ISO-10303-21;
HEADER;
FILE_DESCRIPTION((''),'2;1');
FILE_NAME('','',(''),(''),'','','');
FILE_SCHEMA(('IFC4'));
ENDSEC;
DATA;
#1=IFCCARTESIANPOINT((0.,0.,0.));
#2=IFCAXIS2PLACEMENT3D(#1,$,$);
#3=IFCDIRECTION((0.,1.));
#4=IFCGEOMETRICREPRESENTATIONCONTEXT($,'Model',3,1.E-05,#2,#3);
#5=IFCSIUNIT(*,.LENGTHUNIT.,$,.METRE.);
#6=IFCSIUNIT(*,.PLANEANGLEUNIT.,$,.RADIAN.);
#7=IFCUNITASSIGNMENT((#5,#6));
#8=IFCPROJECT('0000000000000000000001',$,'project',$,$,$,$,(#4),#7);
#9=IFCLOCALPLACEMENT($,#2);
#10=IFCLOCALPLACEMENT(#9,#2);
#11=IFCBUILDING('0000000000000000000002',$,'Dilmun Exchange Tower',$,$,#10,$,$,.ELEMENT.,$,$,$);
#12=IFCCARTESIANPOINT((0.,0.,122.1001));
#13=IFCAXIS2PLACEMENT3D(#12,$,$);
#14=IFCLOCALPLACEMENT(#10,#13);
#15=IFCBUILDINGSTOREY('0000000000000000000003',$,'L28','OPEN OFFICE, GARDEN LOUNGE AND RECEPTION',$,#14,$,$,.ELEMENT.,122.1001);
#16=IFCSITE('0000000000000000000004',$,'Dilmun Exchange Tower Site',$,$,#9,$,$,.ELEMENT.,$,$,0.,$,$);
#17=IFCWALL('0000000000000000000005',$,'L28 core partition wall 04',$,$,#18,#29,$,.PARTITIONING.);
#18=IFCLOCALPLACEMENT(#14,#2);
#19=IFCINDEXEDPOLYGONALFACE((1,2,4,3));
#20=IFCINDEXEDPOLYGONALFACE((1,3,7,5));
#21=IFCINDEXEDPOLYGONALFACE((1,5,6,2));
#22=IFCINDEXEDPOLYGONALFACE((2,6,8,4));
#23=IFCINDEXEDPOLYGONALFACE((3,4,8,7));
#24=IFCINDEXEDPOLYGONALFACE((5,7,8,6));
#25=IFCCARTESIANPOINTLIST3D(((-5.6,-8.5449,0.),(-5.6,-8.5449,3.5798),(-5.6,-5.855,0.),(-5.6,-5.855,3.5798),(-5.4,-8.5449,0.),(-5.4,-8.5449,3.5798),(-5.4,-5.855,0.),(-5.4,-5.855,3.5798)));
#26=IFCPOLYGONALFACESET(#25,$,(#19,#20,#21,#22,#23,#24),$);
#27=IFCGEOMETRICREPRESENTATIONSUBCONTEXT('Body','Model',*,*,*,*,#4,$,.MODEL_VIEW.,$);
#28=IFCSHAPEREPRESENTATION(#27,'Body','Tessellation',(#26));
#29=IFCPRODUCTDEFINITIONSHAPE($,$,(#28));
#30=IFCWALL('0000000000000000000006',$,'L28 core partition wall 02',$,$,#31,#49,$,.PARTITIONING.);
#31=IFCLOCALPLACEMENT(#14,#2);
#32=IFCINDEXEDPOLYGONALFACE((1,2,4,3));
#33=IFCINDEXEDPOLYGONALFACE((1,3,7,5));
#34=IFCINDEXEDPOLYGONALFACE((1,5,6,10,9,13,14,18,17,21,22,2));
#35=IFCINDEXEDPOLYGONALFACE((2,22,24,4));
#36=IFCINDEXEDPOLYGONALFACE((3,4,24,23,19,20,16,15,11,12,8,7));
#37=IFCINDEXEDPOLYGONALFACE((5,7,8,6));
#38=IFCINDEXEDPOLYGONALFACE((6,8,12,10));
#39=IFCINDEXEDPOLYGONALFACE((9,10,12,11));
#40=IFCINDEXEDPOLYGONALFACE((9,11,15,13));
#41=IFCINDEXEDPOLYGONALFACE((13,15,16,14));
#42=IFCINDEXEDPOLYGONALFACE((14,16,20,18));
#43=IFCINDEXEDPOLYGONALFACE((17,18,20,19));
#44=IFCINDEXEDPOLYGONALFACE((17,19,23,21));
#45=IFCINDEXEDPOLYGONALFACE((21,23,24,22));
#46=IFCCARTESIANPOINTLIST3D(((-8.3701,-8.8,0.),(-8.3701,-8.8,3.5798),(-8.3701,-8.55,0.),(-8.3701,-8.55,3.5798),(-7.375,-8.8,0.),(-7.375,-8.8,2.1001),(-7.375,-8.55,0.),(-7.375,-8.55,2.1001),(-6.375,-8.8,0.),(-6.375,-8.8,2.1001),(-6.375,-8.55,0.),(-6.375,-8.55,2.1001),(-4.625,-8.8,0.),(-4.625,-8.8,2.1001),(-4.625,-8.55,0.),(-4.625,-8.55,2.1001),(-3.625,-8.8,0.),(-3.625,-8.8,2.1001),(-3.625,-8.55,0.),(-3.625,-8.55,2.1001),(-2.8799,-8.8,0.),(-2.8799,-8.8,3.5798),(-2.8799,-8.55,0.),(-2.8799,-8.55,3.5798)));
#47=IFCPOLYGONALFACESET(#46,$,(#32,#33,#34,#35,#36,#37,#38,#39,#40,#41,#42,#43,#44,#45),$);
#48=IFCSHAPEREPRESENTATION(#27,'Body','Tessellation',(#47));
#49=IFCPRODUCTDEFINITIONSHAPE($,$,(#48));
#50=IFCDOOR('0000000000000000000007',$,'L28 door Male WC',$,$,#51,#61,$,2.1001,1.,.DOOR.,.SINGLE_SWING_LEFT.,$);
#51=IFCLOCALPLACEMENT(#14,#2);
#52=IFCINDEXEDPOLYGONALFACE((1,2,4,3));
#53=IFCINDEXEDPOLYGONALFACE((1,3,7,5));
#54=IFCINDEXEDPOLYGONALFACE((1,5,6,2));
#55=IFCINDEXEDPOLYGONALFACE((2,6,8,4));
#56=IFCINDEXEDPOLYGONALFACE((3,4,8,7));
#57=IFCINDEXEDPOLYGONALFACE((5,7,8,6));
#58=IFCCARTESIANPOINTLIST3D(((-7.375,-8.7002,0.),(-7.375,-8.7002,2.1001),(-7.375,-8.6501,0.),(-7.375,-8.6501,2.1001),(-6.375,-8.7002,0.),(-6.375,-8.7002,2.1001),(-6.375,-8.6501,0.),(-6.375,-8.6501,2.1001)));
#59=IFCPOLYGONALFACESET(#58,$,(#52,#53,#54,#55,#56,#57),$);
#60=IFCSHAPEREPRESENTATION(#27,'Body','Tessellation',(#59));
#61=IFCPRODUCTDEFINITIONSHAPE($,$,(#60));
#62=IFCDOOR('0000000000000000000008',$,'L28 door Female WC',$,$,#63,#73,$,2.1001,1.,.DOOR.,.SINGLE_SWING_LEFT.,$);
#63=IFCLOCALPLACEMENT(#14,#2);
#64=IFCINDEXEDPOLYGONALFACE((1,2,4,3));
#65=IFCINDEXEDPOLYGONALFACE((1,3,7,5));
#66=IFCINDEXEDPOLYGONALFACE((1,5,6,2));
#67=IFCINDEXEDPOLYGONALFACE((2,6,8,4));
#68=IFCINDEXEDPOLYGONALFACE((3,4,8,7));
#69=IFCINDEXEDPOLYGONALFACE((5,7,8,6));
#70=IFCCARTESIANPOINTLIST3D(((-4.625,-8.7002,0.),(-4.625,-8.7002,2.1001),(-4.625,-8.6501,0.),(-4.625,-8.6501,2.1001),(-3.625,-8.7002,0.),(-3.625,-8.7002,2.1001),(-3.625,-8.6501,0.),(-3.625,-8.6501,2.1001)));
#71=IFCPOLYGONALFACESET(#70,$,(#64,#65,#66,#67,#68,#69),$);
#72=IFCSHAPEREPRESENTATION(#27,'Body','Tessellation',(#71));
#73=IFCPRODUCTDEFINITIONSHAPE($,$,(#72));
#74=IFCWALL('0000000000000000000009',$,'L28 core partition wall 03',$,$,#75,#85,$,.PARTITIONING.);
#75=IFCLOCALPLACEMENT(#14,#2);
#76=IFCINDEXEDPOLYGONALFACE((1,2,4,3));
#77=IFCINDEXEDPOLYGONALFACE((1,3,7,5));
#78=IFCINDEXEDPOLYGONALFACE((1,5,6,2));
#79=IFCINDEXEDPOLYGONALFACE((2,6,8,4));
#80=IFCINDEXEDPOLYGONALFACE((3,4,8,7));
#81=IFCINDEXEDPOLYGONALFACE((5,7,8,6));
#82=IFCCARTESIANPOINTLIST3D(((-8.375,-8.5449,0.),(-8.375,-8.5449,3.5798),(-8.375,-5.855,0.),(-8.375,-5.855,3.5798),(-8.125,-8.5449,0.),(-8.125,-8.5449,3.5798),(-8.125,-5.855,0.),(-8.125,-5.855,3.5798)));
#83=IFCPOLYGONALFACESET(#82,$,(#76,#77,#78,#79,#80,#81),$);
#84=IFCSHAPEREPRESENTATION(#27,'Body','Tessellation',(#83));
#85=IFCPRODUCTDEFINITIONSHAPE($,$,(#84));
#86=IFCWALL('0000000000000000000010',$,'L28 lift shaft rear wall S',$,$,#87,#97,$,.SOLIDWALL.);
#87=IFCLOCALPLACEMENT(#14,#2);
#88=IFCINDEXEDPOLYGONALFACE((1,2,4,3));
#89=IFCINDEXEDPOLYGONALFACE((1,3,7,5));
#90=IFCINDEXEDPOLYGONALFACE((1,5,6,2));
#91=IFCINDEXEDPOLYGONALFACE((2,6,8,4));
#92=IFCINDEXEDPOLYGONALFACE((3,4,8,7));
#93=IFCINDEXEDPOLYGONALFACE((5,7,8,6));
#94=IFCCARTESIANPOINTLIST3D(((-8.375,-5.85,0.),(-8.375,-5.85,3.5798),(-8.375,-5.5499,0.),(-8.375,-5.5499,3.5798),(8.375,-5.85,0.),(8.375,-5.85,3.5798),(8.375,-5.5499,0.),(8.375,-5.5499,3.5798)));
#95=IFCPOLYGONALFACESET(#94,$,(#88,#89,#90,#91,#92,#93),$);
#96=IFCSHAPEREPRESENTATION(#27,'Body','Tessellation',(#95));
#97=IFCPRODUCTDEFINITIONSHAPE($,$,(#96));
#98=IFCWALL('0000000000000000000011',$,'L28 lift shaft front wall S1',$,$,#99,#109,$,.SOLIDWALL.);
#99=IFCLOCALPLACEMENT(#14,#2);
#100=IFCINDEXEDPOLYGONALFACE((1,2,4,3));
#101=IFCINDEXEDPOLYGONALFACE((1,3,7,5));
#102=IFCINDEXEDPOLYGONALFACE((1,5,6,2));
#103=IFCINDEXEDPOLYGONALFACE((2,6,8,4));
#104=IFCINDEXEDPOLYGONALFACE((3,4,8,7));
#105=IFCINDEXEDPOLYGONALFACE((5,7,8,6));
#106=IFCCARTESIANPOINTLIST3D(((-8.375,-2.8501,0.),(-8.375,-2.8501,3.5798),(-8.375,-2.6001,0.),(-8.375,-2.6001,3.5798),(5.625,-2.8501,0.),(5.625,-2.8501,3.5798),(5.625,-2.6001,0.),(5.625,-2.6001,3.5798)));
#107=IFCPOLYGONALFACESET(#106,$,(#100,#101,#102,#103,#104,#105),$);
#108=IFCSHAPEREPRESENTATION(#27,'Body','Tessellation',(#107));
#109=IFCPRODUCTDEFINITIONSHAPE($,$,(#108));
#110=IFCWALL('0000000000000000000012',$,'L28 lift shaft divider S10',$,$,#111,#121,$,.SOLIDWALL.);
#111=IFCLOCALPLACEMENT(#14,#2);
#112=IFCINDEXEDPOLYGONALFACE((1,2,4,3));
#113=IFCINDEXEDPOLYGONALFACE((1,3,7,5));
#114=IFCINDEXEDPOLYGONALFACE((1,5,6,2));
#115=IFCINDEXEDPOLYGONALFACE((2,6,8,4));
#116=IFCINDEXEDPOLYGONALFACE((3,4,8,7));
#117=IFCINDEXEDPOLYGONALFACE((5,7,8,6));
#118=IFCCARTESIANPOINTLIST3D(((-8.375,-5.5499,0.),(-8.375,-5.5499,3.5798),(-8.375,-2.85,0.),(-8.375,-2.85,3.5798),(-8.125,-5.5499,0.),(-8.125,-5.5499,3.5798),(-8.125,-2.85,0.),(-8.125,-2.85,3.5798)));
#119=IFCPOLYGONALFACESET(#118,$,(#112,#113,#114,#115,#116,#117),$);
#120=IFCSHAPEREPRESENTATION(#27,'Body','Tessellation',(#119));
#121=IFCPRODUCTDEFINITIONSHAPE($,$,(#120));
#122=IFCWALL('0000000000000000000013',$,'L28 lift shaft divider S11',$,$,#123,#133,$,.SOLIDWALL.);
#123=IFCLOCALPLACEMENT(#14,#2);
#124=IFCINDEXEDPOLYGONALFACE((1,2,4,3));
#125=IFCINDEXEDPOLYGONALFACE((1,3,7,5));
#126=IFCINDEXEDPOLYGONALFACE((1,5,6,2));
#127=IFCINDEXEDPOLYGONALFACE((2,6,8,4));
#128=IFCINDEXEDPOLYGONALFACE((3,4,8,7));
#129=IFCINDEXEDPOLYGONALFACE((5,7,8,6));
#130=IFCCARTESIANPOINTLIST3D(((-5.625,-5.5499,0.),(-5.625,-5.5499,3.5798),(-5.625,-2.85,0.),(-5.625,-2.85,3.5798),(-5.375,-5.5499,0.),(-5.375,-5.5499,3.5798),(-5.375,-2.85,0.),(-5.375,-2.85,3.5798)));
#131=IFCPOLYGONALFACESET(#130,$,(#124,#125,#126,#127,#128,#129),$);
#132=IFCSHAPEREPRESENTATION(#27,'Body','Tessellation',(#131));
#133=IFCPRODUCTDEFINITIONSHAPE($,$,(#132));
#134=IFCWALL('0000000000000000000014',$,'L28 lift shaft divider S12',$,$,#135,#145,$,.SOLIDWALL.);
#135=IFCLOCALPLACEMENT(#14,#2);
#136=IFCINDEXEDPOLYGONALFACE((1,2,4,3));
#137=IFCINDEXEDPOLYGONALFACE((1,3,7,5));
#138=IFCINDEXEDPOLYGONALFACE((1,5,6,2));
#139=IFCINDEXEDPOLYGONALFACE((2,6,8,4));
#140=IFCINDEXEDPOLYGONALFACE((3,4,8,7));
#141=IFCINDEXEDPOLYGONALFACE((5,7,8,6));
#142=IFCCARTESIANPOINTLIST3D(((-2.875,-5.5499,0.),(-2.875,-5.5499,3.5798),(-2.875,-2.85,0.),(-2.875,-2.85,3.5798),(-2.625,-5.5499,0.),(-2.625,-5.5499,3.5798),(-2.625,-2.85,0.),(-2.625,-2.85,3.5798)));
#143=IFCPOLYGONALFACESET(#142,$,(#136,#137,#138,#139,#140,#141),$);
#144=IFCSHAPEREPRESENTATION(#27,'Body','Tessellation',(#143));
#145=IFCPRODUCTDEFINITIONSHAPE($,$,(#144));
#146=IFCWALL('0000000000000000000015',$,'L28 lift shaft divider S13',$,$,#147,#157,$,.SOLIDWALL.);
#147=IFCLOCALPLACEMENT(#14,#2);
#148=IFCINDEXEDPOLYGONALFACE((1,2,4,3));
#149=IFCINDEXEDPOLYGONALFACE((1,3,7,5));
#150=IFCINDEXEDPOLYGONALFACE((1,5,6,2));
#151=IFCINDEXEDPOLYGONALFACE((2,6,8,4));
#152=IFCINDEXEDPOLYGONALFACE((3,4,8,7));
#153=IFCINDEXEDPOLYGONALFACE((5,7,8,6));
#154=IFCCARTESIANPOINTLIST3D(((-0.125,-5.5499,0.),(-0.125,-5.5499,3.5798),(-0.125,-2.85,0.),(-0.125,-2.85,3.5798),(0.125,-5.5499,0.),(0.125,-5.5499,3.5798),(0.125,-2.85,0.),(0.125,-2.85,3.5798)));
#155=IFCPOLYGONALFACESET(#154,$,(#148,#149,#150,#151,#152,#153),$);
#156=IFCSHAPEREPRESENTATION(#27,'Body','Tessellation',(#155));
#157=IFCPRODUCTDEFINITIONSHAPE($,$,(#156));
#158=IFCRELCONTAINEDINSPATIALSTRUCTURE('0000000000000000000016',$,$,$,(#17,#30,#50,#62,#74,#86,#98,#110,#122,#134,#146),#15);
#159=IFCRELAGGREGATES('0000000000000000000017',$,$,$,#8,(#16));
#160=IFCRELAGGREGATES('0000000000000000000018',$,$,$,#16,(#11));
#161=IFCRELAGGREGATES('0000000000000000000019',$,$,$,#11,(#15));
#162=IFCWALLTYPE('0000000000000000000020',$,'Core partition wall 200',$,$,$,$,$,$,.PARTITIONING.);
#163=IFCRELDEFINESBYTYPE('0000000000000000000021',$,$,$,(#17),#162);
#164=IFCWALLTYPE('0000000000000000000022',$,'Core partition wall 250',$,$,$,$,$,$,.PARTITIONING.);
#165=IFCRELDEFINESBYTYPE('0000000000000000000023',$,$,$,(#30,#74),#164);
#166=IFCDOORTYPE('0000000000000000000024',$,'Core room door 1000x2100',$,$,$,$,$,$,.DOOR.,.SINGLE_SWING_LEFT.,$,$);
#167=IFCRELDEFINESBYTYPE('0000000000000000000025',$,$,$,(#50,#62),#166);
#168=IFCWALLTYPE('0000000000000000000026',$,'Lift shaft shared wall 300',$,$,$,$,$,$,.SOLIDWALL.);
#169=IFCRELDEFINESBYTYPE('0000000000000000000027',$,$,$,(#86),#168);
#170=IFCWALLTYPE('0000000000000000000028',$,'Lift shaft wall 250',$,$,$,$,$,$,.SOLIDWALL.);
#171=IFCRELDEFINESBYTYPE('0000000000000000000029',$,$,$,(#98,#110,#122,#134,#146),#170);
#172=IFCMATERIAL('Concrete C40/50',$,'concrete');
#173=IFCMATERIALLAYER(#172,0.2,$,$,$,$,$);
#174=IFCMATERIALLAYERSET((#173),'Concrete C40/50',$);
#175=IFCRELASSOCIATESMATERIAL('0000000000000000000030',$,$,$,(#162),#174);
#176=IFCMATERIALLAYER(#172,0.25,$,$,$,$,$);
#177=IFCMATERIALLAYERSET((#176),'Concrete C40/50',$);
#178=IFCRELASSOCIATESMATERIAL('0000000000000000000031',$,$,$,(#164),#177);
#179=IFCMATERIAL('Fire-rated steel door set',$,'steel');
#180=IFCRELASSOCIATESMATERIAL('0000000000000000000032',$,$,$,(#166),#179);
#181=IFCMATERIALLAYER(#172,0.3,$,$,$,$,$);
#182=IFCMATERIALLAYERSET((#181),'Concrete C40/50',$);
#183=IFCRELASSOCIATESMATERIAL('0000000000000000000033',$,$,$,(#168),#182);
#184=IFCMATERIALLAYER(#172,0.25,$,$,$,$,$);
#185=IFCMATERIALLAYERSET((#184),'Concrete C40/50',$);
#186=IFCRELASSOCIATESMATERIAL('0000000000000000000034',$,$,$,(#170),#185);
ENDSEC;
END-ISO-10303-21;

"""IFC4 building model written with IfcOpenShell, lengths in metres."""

from ifc_helpers import new_model, si_unit, direction, frame, frame_2d, origin, place, context, subcontext, project, spatial, rectangle, extrude, material, layer, layer_set, type_object, element, fill, save


model = new_model("IFC4")

# Units and contexts
model_context = context("Model", 3, precision=1e-05, world=origin(), true_north=direction((0.0, 1.0)))
body_context = subcontext(model_context, "Body", "Model", "MODEL_VIEW")
ifc_project = project(units=[si_unit("LENGTHUNIT", "METRE"), si_unit("PLANEANGLEUNIT", "RADIAN")], contexts=[model_context])

# Site, building, storey
site_placement = place(None, origin())
site = spatial("IfcSite", under=ifc_project, at=site_placement, Name="Dilmun Exchange Tower Site", CompositionType="ELEMENT", RefElevation=0.0)
building_placement = place(site_placement, origin())
building = spatial("IfcBuilding", under=site, at=building_placement, Name="Dilmun Exchange Tower", CompositionType="ELEMENT")
storey_placement = place(building_placement, frame((0.0, 0.0, 122.1001)))
storey = spatial("IfcBuildingStorey", under=building, at=storey_placement, Name="L28", Description="OPEN OFFICE, GARDEN LOUNGE AND RECEPTION", CompositionType="ELEMENT", Elevation=122.1001)

# Wall
ifc_material_1 = material(Name="Concrete C40/50", Category="concrete")
ifc_layer_1 = layer(ifc_material_1, 0.2)
ifc_layer_set_1 = layer_set([ifc_layer_1], Name="Concrete C40/50")
wall_type_1 = type_object("IfcWallType", Name="Core partition wall 200", PredefinedType="PARTITIONING", material=ifc_layer_set_1)
wall_1_placement = place(storey_placement, frame((-5.5, -8.5449, 0.0), z_axis=(0.0, 0.0, 1.0), x_axis=(0.0, 1.0, 0.0)))
element("IfcWall", 1, at=wall_1_placement, inside=storey, type_object=wall_type_1, Name="L28 core partition wall 04", PredefinedType="PARTITIONING", context=body_context, shape_type="SweptSolid", body=[
    extrude(rectangle(XDim=2.6899, YDim=0.2, at=frame_2d((1.345, 0.0))), origin(), (0.0, 0.0, 1.0), 3.5798),
])

# Shared definitions
ifc_material_2 = material(Name="Fire-rated steel door set", Category="steel")

# Wall, openings, doors
ifc_layer_2 = layer(ifc_material_1, 0.25)
ifc_layer_set_2 = layer_set([ifc_layer_2], Name="Concrete C40/50")
wall_type_2 = type_object("IfcWallType", Name="Core partition wall 250", PredefinedType="PARTITIONING", material=ifc_layer_set_2)
wall_2_placement = place(storey_placement, frame((-8.3701, -8.675, 0.0), z_axis=(0.0, 0.0, 1.0), x_axis=(1.0, 0.0, 0.0)))
wall_2 = element("IfcWall", 2, at=wall_2_placement, inside=storey, type_object=wall_type_2, Name="L28 core partition wall 02", PredefinedType="PARTITIONING", context=body_context, shape_type="SweptSolid", body=[
    extrude(rectangle(XDim=5.4902, YDim=0.25, at=frame_2d((2.7451, 0.0))), origin(), (0.0, 0.0, 1.0), 3.5798),
])
opening_1_placement = place(wall_2_placement, frame((0.9951, 0.0, 0.0)))
opening_1 = element("IfcOpeningElement", 3, at=opening_1_placement, cuts=wall_2, PredefinedType="OPENING", context=body_context, shape_type="SweptSolid", body=[
    extrude(rectangle(XDim=1.0, YDim=2.1001, at=frame_2d((0.5, 1.05))), frame((0.0, 0.135, 0.0), z_axis=(0.0, -1.0, 0.0), x_axis=(1.0, 0.0, 0.0)), (0.0, 0.0, 1.0), 0.27),
])
opening_2_placement = place(wall_2_placement, frame((3.7451, 0.0, 0.0)))
opening_2 = element("IfcOpeningElement", 4, at=opening_2_placement, cuts=wall_2, PredefinedType="OPENING", context=body_context, shape_type="SweptSolid", body=[
    extrude(rectangle(XDim=1.0, YDim=2.1001, at=frame_2d((0.5, 1.05))), frame((0.0, 0.135, 0.0), z_axis=(0.0, -1.0, 0.0), x_axis=(1.0, 0.0, 0.0)), (0.0, 0.0, 1.0), 0.27),
])
door_type_1 = type_object("IfcDoorType", Name="Core room door 1000x2100", OperationType="SINGLE_SWING_LEFT", PredefinedType="DOOR", material=ifc_material_2)
door_1_placement = place(opening_1_placement, origin())
door_1 = element("IfcDoor", 5, at=door_1_placement, inside=storey, type_object=door_type_1, Name="L28 door Male WC", OperationType="SINGLE_SWING_LEFT", OverallHeight=2.1001, OverallWidth=1.0, PredefinedType="DOOR", context=body_context, shape_type="SweptSolid", body=[
    extrude(rectangle(XDim=1.0, YDim=2.1001, at=frame_2d((0.5, 1.05))), frame((0.0, 0.0249, 0.0), z_axis=(0.0, -1.0, 0.0), x_axis=(1.0, 0.0, 0.0)), (0.0, 0.0, 1.0), 0.05),
])
fill(opening_1, door_1)
door_2_placement = place(opening_2_placement, origin())
door_2 = element("IfcDoor", 6, at=door_2_placement, inside=storey, type_object=door_type_1, Name="L28 door Female WC", OperationType="SINGLE_SWING_LEFT", OverallHeight=2.1001, OverallWidth=1.0, PredefinedType="DOOR", context=body_context, shape_type="SweptSolid", body=[
    extrude(rectangle(XDim=1.0, YDim=2.1001, at=frame_2d((0.5, 1.05))), frame((0.0, 0.0249, 0.0), z_axis=(0.0, -1.0, 0.0), x_axis=(1.0, 0.0, 0.0)), (0.0, 0.0, 1.0), 0.05),
])
fill(opening_2, door_2)

# Walls
wall_3_placement = place(storey_placement, frame((-8.25, -8.5449, 0.0), z_axis=(0.0, 0.0, 1.0), x_axis=(0.0, 1.0, 0.0)))
element("IfcWall", 7, at=wall_3_placement, inside=storey, type_object=wall_type_2, Name="L28 core partition wall 03", PredefinedType="PARTITIONING", context=body_context, shape_type="SweptSolid", body=[
    extrude(rectangle(XDim=2.6899, YDim=0.25, at=frame_2d((1.345, 0.0))), origin(), (0.0, 0.0, 1.0), 3.5798),
])
ifc_layer_3 = layer(ifc_material_1, 0.3)
ifc_layer_set_3 = layer_set([ifc_layer_3], Name="Concrete C40/50")
wall_type_3 = type_object("IfcWallType", Name="Lift shaft shared wall 300", PredefinedType="SOLIDWALL", material=ifc_layer_set_3)
wall_4_placement = place(storey_placement, frame((-8.375, -5.7, 0.0), z_axis=(0.0, 0.0, 1.0), x_axis=(1.0, 0.0, 0.0)))
element("IfcWall", 8, at=wall_4_placement, inside=storey, type_object=wall_type_3, Name="L28 lift shaft rear wall S", PredefinedType="SOLIDWALL", context=body_context, shape_type="SweptSolid", body=[
    extrude(rectangle(XDim=16.75, YDim=0.3, at=frame_2d((8.375, 0.0))), origin(), (0.0, 0.0, 1.0), 3.5798),
])
ifc_layer_4 = layer(ifc_material_1, 0.25)
ifc_layer_set_4 = layer_set([ifc_layer_4], Name="Concrete C40/50")
wall_type_4 = type_object("IfcWallType", Name="Lift shaft wall 250", PredefinedType="SOLIDWALL", material=ifc_layer_set_4)
wall_5_placement = place(storey_placement, frame((-8.375, -2.7251, 0.0), z_axis=(0.0, 0.0, 1.0), x_axis=(1.0, 0.0, 0.0)))
element("IfcWall", 9, at=wall_5_placement, inside=storey, type_object=wall_type_4, Name="L28 lift shaft front wall S1", PredefinedType="SOLIDWALL", context=body_context, shape_type="SweptSolid", body=[
    extrude(rectangle(XDim=14.0, YDim=0.25, at=frame_2d((7.0, 0.0))), origin(), (0.0, 0.0, 1.0), 3.5798),
])
for number, where, z_axis, x_axis, name in (
    (10, (-8.25, -5.55, 0.0), (0.0, 0.0, 1.0), (0.0, 1.0, 0.0), "L28 lift shaft divider S10"),
    (11, (-5.5, -5.55, 0.0), (0.0, 0.0, 1.0), (0.0, 1.0, 0.0), "L28 lift shaft divider S11"),
    (12, (-2.75, -5.55, 0.0), (0.0, 0.0, 1.0), (0.0, 1.0, 0.0), "L28 lift shaft divider S12"),
    (13, (0.0, -5.55, 0.0), (0.0, 0.0, 1.0), (0.0, 1.0, 0.0), "L28 lift shaft divider S13"),
):
    element("IfcWall", number, at=place(storey_placement, frame(where, z_axis=z_axis, x_axis=x_axis)), inside=storey, type_object=wall_type_4, Name=name, PredefinedType="SOLIDWALL", context=body_context, shape_type="SweptSolid", body=[
        extrude(rectangle(XDim=2.7, YDim=0.25, at=frame_2d((1.3501, 0.0))), origin(), (0.0, 0.0, 1.0), 3.5798),
    ])

save(model, "model.ifc")
